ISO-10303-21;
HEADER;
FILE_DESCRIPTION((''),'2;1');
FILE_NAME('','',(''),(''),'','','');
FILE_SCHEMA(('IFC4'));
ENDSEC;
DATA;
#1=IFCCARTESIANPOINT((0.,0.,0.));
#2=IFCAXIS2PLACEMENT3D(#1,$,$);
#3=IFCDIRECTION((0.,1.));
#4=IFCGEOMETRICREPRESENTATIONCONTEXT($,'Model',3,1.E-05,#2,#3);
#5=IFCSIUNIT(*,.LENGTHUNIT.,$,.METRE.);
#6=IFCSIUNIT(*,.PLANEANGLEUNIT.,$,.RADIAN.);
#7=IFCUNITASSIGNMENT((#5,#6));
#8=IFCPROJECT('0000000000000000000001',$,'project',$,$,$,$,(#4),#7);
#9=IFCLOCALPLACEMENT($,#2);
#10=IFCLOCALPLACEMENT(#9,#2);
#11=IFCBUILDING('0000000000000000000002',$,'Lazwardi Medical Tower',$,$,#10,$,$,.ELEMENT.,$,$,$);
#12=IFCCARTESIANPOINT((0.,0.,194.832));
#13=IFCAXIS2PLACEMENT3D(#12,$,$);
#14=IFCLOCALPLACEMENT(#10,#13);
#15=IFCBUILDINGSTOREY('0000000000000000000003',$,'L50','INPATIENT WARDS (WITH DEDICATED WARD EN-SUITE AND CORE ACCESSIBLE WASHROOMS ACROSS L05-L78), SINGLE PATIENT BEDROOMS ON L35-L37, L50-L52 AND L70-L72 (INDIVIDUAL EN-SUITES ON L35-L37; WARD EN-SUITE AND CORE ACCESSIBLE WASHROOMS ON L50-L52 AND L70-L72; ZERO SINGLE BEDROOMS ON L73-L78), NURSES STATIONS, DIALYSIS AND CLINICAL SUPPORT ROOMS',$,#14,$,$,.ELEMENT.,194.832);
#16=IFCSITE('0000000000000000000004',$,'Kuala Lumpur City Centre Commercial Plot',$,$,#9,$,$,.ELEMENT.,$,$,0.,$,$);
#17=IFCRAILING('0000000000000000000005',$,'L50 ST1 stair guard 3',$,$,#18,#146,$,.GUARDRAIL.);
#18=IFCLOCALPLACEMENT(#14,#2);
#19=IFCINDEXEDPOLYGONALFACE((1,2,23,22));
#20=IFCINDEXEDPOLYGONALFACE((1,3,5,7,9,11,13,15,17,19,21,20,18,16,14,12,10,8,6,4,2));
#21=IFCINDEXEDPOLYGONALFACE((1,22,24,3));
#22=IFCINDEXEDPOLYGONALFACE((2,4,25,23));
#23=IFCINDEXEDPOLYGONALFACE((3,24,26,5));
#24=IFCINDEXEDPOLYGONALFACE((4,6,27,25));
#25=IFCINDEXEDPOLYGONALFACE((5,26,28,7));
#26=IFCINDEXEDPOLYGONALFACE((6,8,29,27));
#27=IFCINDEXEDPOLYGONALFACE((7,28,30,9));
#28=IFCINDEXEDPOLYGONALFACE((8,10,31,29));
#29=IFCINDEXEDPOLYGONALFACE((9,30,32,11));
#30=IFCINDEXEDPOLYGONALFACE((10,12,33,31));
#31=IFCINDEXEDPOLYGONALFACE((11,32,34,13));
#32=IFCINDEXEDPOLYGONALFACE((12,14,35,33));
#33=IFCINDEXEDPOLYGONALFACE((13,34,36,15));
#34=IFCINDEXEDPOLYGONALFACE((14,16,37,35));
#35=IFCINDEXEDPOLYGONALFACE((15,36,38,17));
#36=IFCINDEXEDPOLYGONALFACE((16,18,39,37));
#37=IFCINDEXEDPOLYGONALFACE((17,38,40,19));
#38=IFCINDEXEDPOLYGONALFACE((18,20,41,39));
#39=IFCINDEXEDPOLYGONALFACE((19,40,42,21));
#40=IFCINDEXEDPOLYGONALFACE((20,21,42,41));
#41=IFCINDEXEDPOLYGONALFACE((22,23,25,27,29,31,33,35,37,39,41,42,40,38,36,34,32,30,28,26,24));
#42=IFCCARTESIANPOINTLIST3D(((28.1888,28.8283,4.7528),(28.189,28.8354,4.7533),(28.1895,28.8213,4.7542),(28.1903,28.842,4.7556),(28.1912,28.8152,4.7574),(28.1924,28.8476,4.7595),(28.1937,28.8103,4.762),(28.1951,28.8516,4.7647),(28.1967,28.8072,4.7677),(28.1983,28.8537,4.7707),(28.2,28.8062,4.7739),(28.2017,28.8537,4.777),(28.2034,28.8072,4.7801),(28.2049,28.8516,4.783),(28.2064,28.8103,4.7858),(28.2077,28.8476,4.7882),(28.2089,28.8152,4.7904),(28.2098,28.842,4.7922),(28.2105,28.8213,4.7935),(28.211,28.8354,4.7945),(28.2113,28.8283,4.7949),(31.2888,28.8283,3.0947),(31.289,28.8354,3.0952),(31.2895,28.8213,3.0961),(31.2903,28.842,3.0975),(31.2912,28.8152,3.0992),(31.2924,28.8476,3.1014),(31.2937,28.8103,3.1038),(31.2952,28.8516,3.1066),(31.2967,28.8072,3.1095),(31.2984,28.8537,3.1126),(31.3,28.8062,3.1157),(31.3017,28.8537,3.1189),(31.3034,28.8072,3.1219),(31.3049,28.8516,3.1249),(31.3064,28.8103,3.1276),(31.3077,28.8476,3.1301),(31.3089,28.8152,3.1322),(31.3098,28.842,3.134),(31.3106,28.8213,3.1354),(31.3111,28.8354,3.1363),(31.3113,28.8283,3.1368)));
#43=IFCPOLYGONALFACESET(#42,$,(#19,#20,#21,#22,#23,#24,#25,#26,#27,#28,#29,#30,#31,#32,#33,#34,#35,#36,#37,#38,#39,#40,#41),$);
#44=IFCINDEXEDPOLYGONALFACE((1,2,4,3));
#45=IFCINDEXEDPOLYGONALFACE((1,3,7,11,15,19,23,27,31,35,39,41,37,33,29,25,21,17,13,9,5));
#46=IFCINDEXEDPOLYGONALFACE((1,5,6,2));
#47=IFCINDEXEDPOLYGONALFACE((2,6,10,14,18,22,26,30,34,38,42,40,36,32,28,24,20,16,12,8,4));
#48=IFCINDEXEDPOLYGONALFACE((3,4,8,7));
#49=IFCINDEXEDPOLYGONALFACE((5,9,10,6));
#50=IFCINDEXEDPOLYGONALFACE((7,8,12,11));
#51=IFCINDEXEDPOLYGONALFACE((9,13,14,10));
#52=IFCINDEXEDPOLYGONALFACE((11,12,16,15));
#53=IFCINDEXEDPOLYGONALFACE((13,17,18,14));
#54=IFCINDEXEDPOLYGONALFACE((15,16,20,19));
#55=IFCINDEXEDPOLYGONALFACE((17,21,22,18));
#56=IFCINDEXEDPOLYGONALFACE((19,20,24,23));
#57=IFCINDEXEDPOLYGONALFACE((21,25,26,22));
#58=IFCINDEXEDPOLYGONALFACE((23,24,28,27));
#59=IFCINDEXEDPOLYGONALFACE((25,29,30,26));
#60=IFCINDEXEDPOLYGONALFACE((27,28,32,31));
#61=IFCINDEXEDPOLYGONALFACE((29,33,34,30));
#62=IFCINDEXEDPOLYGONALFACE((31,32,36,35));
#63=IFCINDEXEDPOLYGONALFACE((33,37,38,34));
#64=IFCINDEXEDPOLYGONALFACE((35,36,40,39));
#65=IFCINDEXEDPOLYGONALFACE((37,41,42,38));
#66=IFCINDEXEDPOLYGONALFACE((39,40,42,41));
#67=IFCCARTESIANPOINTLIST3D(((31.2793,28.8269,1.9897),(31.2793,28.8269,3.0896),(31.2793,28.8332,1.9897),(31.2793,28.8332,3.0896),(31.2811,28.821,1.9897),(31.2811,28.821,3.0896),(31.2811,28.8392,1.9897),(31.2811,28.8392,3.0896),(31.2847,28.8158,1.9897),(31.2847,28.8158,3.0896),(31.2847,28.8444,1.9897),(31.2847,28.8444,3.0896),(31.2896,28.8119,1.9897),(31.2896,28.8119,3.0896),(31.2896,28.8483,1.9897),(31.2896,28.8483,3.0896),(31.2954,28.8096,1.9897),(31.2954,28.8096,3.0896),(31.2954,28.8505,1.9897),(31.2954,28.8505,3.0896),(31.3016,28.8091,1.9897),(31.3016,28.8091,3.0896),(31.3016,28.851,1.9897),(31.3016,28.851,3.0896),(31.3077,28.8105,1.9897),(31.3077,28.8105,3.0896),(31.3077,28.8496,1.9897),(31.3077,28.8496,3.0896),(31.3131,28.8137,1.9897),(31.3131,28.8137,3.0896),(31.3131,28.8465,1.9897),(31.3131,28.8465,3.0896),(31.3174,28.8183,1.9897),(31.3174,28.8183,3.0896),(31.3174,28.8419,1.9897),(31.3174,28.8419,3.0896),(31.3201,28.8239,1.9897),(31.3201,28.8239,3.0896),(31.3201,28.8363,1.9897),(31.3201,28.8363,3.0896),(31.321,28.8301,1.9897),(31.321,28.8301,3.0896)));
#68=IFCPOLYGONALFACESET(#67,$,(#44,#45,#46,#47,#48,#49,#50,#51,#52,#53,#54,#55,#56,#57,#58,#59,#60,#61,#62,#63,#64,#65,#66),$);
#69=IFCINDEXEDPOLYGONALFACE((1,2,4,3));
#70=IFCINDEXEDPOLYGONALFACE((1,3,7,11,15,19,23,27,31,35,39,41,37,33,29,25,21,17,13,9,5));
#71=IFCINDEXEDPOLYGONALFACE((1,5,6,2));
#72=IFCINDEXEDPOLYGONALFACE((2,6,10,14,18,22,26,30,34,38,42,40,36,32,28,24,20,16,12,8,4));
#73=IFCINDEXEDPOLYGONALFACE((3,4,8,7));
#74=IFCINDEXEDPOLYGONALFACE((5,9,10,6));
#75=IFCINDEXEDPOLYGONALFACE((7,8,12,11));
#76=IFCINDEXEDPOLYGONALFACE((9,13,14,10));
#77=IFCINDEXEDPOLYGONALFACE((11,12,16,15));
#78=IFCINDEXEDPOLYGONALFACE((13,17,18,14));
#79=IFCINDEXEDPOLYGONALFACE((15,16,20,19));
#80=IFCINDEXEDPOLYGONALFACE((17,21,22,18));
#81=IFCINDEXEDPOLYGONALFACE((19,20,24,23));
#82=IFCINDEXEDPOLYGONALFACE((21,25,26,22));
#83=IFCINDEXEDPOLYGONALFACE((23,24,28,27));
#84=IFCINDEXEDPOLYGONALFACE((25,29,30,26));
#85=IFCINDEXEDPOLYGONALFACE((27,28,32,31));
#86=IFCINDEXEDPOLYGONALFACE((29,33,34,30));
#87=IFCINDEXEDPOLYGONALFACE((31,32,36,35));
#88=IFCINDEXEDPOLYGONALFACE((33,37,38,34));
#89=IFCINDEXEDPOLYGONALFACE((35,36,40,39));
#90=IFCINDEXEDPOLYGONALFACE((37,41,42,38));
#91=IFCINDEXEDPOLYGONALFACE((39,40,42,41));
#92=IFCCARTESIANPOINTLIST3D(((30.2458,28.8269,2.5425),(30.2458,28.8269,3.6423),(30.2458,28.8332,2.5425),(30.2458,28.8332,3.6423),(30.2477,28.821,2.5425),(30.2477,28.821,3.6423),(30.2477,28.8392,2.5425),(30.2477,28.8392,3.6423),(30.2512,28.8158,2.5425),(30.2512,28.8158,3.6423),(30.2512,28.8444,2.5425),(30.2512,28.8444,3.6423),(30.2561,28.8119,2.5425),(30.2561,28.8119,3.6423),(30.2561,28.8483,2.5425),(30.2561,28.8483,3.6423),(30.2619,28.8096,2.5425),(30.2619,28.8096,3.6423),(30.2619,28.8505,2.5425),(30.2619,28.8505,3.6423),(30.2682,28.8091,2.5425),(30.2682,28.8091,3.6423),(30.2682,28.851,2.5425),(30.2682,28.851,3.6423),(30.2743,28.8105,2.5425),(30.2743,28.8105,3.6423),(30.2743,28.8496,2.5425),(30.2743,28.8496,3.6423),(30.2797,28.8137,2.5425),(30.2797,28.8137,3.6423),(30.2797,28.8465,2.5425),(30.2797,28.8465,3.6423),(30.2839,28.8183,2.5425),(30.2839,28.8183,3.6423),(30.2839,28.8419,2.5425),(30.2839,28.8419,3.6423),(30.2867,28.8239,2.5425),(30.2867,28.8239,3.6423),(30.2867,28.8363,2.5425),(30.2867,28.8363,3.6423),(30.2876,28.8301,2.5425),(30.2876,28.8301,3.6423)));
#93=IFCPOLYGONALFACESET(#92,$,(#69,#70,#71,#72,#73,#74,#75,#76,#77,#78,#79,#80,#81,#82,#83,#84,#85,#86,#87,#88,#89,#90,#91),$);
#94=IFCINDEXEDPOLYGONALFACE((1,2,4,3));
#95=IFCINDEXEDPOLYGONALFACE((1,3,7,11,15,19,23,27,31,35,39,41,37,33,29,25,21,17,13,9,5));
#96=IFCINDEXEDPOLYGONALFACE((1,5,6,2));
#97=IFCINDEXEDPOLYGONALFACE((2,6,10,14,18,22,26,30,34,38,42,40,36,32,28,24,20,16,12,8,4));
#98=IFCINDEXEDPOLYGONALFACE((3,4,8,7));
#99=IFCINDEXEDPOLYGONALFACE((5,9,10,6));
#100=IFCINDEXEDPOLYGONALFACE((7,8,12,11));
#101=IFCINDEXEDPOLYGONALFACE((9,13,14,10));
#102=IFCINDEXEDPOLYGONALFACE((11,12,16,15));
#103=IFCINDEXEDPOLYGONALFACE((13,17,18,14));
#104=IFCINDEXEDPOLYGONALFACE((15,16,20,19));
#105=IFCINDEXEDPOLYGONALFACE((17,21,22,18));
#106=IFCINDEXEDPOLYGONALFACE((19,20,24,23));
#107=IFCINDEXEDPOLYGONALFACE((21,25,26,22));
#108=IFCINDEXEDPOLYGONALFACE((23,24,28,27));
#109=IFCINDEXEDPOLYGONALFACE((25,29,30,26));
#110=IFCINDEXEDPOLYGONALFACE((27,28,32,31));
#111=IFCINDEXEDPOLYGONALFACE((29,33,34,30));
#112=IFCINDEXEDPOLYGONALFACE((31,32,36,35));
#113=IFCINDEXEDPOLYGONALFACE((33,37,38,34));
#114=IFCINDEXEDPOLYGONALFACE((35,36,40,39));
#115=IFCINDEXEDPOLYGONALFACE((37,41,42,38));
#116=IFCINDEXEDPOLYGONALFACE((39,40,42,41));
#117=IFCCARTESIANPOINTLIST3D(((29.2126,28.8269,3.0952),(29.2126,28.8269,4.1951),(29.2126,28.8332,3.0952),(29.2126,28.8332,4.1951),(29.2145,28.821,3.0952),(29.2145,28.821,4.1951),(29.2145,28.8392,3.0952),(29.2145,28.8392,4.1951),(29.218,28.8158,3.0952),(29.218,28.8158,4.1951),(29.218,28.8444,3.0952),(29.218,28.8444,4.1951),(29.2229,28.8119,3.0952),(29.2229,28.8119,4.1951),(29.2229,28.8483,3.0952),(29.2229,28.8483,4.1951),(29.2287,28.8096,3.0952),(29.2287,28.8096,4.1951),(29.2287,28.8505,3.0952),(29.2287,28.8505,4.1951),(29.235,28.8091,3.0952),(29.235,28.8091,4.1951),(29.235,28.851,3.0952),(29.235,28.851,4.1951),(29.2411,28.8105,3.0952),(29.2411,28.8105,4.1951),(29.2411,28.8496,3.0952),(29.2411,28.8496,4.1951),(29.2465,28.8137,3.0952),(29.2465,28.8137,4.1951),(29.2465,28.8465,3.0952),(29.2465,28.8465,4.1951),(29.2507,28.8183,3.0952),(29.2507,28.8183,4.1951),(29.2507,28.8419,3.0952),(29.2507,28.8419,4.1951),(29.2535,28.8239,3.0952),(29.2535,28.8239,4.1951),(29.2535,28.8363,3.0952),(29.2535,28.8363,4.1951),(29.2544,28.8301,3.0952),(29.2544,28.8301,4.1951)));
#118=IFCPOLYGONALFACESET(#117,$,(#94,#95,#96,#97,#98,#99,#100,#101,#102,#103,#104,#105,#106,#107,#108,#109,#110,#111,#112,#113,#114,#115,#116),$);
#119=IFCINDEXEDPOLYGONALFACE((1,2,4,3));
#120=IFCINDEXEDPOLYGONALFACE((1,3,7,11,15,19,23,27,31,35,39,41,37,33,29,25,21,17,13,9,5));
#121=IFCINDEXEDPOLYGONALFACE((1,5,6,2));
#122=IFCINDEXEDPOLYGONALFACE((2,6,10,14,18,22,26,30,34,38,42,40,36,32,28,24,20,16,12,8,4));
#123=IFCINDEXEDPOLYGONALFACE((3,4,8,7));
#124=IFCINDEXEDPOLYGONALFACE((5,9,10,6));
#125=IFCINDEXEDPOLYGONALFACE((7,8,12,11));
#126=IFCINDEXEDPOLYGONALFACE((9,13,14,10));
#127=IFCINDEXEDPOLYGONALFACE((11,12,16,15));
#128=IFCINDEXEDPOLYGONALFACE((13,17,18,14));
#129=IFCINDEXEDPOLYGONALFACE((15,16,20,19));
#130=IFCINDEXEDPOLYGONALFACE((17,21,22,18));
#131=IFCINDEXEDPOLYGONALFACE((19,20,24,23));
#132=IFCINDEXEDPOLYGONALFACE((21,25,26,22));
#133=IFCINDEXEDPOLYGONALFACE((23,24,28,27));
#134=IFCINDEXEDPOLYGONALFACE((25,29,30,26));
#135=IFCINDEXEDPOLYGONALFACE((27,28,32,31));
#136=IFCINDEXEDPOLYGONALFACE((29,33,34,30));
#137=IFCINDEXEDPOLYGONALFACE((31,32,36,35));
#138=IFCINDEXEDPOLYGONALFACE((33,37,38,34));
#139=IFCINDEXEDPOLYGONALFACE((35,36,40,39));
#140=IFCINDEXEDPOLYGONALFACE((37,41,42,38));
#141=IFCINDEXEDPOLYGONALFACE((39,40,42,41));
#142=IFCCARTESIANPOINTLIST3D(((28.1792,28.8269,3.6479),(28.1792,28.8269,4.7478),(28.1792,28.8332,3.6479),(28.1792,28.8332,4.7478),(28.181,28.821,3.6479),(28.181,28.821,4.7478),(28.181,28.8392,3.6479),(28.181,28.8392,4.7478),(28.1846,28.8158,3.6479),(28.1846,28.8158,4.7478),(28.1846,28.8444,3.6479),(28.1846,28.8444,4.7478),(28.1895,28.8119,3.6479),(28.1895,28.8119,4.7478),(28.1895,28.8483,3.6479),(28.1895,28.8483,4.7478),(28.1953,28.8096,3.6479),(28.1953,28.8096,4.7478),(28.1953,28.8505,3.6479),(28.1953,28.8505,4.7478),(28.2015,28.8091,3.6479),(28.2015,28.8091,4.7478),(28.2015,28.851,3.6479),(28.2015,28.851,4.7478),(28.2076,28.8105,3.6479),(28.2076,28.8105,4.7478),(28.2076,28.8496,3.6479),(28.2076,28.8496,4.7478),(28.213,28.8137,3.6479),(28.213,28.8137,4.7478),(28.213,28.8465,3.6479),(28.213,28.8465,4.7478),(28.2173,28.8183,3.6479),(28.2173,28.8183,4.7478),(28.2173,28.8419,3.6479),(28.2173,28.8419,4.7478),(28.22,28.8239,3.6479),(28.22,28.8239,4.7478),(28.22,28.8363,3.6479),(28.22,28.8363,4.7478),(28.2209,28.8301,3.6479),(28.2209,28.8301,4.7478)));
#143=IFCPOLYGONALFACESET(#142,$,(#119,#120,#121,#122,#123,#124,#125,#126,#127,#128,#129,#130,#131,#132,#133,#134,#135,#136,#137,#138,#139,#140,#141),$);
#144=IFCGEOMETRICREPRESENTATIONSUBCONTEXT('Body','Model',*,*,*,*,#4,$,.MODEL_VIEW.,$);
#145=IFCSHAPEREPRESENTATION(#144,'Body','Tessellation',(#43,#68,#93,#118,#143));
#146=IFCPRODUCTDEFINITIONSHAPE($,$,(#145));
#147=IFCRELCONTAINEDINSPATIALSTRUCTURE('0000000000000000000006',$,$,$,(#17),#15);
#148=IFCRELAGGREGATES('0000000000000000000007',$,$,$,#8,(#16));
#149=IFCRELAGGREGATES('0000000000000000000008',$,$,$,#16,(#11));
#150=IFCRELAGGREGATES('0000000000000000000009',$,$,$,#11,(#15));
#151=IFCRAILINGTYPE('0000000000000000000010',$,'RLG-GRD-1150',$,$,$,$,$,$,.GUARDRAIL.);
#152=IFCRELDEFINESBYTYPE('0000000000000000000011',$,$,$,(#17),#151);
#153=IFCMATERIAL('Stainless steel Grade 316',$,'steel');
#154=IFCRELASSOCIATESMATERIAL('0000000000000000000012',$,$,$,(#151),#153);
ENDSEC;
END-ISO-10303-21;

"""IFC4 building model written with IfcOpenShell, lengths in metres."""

from ifc_helpers import new_model, si_unit, direction, frame, origin, origin_2d, place, context, subcontext, project, spatial, circle, extrude, material, type_object, element, save


model = new_model("IFC4")

# Units and contexts
model_context = context("Model", 3, precision=1e-05, world=origin(), true_north=direction((0.0, 1.0)))
body_context = subcontext(model_context, "Body", "Model", "MODEL_VIEW")
ifc_project = project(units=[si_unit("LENGTHUNIT", "METRE"), si_unit("PLANEANGLEUNIT", "RADIAN")], contexts=[model_context])

# Site, building, storey
site_placement = place(None, origin())
site = spatial("IfcSite", under=ifc_project, at=site_placement, Name="Kuala Lumpur City Centre Commercial Plot", CompositionType="ELEMENT", RefElevation=0.0)
building_placement = place(site_placement, origin())
building = spatial("IfcBuilding", under=site, at=building_placement, Name="Lazwardi Medical Tower", CompositionType="ELEMENT")
storey_placement = place(building_placement, frame((0.0, 0.0, 194.832)))
storey = spatial("IfcBuildingStorey", under=building, at=storey_placement, Name="L50", Description="INPATIENT WARDS (WITH DEDICATED WARD EN-SUITE AND CORE ACCESSIBLE WASHROOMS ACROSS L05-L78), SINGLE PATIENT BEDROOMS ON L35-L37, L50-L52 AND L70-L72 (INDIVIDUAL EN-SUITES ON L35-L37; WARD EN-SUITE AND CORE ACCESSIBLE WASHROOMS ON L50-L52 AND L70-L72; ZERO SINGLE BEDROOMS ON L73-L78), NURSES STATIONS, DIALYSIS AND CLINICAL SUPPORT ROOMS", CompositionType="ELEMENT", Elevation=194.832)

# Railing
ifc_material_1 = material(Name="Stainless steel Grade 316", Category="steel")
railing_type_1 = type_object("IfcRailingType", Name="RLG-GRD-1150", PredefinedType="GUARDRAIL", material=ifc_material_1)
railing_1_placement = place(storey_placement, frame((31.3, 28.8301, 1.9897)))
element("IfcRailing", 1, at=railing_1_placement, inside=storey, type_object=railing_type_1, Name="L50 ST1 stair guard 3", PredefinedType="GUARDRAIL", context=body_context, shape_type="SweptSolid", body=[
    extrude(circle(Radius=0.0239, at=origin_2d()), frame((0.0, 0.0, 1.126), z_axis=(-0.881783, 0.0, 0.471655), x_axis=(0.0, -1.0, 0.0)), (0.0, 0.0, 1.0), 3.5156),
    extrude(circle(Radius=0.021, at=origin_2d()), origin(), (0.0, 0.0, 1.0), 1.0999),
    extrude(circle(Radius=0.021, at=origin_2d()), frame((-1.0334, 0.0, 0.5527)), (0.0, 0.0, 1.0), 1.0999),
    extrude(circle(Radius=0.021, at=origin_2d()), frame((-2.0667, 0.0, 1.1055)), (0.0, 0.0, 1.0), 1.0999),
    extrude(circle(Radius=0.021, at=origin_2d()), frame((-3.1001, 0.0, 1.6582)), (0.0, 0.0, 1.0), 1.0999),
])

save(model, "model.ifc")
